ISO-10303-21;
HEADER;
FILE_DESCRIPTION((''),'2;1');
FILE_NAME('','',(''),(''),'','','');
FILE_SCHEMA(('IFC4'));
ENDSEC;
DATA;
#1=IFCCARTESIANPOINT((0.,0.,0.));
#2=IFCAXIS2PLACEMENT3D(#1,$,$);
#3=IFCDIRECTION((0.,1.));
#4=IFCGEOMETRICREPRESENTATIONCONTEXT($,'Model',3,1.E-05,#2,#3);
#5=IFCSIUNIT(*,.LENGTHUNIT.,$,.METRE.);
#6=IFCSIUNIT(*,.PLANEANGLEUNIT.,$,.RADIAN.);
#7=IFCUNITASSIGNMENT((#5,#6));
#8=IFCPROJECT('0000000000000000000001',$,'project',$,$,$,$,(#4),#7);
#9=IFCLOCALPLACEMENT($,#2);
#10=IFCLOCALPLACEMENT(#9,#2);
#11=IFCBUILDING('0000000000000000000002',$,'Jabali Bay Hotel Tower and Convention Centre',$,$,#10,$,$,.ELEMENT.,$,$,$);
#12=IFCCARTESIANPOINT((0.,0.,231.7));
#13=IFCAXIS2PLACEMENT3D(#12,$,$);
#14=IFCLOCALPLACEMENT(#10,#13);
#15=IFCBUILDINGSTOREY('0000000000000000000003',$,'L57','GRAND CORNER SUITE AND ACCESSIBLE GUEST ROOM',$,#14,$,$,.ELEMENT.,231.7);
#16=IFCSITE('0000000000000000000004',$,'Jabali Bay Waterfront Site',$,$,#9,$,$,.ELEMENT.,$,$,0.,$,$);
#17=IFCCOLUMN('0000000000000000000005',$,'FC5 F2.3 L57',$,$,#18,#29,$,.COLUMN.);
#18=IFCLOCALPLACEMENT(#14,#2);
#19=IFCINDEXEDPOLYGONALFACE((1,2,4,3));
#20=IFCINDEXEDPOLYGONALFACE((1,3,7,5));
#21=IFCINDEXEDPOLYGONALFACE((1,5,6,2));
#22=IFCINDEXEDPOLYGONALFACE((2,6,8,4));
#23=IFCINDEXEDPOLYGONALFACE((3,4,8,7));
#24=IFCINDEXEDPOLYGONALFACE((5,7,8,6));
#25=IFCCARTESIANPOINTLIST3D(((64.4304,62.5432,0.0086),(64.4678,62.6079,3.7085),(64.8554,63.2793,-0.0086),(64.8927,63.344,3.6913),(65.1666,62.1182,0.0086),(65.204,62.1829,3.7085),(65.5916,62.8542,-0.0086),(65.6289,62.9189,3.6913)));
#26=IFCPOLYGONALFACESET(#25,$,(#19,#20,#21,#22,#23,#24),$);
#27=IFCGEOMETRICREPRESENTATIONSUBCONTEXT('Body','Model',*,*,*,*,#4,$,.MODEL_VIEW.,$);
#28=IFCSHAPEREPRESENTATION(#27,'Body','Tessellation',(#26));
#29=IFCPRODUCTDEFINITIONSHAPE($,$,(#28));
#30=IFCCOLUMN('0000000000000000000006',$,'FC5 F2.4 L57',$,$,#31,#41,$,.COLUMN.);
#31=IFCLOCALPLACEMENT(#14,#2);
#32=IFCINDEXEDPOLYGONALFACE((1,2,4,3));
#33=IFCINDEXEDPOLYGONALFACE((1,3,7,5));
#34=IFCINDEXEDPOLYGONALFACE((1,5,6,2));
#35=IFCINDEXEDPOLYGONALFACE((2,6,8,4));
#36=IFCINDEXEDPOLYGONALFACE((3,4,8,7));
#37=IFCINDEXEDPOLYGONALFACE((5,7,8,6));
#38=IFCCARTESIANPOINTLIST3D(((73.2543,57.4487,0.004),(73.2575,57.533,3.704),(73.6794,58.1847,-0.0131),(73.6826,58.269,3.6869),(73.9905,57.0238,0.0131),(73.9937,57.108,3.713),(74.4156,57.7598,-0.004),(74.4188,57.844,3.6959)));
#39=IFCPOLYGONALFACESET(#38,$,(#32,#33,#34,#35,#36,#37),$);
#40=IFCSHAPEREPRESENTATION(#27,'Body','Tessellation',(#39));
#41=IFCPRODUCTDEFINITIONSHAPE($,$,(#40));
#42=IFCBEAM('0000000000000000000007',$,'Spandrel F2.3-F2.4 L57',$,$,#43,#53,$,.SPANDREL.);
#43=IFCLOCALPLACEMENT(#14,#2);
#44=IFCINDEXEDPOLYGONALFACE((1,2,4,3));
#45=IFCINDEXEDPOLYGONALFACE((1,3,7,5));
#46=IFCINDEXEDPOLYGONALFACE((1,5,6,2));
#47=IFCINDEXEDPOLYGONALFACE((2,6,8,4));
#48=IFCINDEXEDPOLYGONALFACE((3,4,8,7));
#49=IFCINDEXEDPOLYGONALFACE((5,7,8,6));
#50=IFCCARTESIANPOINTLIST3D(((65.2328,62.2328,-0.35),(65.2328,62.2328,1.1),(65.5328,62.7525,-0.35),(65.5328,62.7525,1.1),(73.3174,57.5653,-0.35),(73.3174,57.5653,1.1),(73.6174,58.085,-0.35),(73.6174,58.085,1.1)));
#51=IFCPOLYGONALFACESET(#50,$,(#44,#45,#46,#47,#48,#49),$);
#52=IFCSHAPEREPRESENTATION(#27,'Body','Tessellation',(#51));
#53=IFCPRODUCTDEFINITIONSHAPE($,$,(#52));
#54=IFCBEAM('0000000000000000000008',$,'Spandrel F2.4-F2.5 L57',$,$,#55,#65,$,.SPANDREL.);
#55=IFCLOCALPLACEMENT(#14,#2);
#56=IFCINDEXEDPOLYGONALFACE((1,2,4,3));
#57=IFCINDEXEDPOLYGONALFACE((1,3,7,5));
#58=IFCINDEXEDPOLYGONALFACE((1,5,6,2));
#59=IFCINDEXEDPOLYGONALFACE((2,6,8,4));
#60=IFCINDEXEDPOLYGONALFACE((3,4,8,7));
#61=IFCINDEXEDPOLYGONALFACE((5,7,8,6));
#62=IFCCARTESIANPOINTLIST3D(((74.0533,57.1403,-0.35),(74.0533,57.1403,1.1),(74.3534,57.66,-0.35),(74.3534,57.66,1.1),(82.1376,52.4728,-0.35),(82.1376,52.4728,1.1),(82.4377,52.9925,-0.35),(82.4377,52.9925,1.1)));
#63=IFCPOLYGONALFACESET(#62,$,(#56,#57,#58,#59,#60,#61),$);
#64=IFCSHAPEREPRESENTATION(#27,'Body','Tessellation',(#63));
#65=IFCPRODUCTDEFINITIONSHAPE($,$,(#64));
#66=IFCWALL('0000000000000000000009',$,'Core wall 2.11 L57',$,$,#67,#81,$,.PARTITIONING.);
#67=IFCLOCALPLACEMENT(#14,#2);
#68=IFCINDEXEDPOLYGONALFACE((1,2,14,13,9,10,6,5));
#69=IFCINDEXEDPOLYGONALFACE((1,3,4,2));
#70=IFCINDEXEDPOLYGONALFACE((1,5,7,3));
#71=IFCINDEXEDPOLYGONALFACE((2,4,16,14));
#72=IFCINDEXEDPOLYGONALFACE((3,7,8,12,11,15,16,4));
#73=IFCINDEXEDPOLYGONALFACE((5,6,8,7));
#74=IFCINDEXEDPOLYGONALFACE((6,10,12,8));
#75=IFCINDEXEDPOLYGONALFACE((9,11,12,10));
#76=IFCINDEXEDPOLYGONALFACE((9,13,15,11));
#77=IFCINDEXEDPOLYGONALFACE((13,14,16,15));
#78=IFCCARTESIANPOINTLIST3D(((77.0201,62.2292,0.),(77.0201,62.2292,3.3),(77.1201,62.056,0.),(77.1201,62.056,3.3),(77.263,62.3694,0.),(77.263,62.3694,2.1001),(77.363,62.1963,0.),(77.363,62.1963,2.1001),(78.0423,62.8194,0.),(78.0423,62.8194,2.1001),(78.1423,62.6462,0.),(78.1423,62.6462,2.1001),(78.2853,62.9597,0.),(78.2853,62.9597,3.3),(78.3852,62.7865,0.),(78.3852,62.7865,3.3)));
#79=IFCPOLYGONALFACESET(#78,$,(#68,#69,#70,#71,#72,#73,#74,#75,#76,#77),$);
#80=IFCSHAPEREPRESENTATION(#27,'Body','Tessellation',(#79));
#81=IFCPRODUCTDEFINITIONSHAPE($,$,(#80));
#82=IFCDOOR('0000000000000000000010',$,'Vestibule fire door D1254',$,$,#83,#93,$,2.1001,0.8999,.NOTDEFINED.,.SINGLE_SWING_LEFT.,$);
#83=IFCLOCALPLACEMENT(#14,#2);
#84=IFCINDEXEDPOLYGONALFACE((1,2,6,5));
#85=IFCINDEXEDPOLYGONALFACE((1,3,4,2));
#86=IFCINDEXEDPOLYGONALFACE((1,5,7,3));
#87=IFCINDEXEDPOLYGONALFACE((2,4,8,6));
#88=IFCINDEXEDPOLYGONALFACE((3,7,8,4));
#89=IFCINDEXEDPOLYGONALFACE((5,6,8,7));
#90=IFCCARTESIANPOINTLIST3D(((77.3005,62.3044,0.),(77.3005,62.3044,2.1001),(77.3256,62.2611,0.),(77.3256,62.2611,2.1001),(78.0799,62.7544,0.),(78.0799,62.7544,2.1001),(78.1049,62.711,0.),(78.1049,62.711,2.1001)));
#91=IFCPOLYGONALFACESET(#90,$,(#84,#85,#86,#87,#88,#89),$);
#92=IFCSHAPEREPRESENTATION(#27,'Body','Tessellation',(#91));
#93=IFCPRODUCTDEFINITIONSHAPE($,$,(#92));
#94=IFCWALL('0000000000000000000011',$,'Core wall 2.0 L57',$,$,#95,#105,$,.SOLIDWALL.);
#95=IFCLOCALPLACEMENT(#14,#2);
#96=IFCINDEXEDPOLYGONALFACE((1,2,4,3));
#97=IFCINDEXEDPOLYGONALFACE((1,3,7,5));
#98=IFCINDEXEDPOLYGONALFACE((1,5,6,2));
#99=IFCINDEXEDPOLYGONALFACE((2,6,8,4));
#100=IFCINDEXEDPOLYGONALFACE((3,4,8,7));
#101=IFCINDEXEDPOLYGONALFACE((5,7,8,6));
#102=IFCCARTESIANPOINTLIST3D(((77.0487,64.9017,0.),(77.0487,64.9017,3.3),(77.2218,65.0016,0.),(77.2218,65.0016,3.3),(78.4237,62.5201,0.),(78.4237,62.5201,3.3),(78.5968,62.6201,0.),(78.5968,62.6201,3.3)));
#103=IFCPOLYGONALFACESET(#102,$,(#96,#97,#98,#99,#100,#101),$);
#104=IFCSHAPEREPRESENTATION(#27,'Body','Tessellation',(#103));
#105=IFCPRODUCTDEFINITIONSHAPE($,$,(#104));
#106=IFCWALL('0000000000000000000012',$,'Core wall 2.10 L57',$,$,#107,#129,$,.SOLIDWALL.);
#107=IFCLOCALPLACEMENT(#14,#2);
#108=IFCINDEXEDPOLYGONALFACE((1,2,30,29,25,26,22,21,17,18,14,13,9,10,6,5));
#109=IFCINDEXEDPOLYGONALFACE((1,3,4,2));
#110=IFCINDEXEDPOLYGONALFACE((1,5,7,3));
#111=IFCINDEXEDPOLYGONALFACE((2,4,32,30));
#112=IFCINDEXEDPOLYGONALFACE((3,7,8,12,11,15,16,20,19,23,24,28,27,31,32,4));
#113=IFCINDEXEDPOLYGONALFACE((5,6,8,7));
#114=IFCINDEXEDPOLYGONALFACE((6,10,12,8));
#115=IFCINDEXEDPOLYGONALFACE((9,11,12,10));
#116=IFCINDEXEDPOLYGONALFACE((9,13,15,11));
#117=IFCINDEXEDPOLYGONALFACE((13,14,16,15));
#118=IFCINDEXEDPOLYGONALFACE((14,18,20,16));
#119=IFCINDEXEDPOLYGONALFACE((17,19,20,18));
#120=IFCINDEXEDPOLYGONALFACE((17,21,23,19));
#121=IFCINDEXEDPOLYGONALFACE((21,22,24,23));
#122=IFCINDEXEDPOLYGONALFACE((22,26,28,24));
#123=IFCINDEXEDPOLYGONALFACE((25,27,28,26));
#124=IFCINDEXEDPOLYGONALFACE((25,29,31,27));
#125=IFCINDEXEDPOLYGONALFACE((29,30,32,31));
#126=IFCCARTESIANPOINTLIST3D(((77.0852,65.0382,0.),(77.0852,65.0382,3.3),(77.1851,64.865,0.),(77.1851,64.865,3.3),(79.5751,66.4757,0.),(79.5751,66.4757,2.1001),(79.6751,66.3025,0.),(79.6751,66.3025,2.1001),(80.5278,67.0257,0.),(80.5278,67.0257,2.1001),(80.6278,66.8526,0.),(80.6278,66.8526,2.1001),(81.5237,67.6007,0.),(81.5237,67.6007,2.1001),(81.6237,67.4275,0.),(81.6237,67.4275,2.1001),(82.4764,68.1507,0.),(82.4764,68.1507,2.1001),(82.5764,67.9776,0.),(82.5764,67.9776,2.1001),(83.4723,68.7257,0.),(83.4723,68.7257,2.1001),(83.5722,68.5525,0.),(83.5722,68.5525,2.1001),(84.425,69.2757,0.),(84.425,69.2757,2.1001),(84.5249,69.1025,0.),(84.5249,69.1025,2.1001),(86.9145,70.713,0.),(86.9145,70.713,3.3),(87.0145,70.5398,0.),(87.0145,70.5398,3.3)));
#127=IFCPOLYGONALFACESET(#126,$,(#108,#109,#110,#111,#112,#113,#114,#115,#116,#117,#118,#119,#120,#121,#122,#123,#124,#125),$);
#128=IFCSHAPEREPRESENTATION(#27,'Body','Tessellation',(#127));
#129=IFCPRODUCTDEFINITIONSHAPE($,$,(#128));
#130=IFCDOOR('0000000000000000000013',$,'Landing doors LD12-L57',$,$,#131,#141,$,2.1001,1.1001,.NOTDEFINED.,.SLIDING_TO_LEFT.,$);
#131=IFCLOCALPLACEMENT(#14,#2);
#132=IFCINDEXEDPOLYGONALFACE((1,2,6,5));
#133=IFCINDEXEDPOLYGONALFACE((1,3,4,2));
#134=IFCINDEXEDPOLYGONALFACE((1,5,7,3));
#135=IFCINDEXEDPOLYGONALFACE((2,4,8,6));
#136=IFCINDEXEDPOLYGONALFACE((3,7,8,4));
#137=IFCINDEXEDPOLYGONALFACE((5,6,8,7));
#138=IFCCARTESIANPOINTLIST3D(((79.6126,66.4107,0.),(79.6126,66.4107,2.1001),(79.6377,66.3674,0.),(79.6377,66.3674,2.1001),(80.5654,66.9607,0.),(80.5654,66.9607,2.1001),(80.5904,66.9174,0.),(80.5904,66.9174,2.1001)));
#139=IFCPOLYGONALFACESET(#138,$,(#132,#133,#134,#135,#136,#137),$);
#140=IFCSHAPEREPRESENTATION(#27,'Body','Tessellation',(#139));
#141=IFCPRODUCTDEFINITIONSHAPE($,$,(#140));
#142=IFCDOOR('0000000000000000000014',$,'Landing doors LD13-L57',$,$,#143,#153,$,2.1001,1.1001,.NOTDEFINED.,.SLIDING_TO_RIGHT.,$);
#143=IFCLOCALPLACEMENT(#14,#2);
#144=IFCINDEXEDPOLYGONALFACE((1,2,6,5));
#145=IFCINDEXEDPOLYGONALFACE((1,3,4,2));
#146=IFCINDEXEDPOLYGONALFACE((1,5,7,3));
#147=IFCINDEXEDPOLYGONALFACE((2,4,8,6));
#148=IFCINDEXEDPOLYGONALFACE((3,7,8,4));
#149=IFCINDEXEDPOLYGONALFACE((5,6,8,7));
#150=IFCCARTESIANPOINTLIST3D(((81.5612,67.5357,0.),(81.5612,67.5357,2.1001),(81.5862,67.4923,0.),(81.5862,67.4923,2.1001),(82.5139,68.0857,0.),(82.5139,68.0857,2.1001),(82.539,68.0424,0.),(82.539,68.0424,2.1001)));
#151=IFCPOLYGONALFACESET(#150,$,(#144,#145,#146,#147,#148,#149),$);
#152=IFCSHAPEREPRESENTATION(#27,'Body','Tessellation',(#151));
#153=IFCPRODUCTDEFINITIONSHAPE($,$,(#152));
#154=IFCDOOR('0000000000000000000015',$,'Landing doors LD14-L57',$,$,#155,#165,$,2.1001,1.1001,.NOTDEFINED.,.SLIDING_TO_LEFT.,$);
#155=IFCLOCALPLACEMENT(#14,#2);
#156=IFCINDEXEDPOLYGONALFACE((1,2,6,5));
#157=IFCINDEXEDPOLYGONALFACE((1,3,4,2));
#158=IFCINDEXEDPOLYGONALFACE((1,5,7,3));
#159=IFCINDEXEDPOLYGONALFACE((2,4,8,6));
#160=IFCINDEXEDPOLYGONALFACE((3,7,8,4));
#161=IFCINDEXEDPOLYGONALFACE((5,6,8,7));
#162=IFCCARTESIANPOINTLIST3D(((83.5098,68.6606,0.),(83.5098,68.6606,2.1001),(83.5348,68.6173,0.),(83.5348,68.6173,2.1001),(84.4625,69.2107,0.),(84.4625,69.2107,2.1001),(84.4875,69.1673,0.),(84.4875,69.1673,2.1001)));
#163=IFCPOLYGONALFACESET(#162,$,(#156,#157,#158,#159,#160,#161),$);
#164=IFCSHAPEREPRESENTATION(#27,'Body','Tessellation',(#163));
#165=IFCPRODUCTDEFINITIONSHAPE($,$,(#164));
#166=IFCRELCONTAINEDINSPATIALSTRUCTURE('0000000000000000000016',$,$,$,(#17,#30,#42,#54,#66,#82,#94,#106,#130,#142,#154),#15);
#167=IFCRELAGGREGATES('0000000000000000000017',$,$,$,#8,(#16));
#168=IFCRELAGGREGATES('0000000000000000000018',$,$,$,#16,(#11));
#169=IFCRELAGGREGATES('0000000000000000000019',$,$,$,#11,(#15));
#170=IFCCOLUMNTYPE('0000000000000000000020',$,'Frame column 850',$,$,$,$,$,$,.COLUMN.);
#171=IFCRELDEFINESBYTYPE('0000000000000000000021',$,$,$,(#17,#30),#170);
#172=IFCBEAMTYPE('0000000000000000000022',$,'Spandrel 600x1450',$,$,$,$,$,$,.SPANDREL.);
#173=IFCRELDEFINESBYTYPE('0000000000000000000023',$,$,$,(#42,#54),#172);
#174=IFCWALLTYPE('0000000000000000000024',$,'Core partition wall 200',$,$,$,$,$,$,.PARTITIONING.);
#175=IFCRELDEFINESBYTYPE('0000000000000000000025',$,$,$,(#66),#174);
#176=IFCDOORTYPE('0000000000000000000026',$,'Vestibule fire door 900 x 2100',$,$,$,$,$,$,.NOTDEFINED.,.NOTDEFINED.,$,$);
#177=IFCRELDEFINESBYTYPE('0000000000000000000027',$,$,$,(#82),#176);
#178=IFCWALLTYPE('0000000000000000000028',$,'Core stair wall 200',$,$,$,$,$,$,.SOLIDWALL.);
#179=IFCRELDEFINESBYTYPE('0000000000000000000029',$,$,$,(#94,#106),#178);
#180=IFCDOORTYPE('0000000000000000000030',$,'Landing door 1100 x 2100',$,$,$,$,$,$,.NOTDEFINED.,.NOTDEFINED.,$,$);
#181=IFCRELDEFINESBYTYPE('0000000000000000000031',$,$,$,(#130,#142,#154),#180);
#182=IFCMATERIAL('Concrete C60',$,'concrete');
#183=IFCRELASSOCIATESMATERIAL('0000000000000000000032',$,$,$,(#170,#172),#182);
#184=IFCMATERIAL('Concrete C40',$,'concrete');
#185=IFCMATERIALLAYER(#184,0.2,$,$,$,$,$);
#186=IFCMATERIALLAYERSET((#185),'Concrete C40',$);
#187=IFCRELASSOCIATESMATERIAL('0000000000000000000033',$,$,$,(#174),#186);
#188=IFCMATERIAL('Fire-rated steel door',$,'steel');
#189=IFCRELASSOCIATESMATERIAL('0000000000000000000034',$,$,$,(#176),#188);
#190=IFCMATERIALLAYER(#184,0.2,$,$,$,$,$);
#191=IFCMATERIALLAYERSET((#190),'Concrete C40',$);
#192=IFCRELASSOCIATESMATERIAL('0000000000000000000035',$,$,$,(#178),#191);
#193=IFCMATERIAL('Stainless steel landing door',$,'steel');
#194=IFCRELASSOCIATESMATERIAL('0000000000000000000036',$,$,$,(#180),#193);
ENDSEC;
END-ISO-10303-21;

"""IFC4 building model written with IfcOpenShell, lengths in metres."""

from ifc_helpers import new_model, si_unit, direction, frame, frame_2d, origin, origin_2d, place, context, subcontext, project, spatial, rectangle, extrude, material, layer, layer_set, material_profile, profile_set, type_object, element, fill, save


model = new_model("IFC4")

# Units and contexts
model_context = context("Model", 3, precision=1e-05, world=origin(), true_north=direction((0.0, 1.0)))
body_context = subcontext(model_context, "Body", "Model", "MODEL_VIEW")
ifc_project = project(units=[si_unit("LENGTHUNIT", "METRE"), si_unit("PLANEANGLEUNIT", "RADIAN")], contexts=[model_context])

# Site, building, storey
site_placement = place(None, origin())
site = spatial("IfcSite", under=ifc_project, at=site_placement, Name="Jabali Bay Waterfront Site", CompositionType="ELEMENT", RefElevation=0.0)
building_placement = place(site_placement, origin())
building = spatial("IfcBuilding", under=site, at=building_placement, Name="Jabali Bay Hotel Tower and Convention Centre", CompositionType="ELEMENT")
storey_placement = place(building_placement, frame((0.0, 0.0, 231.7)))
storey = spatial("IfcBuildingStorey", under=building, at=storey_placement, Name="L57", Description="GRAND CORNER SUITE AND ACCESSIBLE GUEST ROOM", CompositionType="ELEMENT", Elevation=231.7)

# Columns
ifc_material_1 = material(Name="Concrete C60", Category="concrete")
ifc_material_profile_1 = material_profile(ifc_material_1, rectangle(XDim=0.8501, YDim=0.8501, at=origin_2d()), Name="Frame column 850")
ifc_profile_set_1 = profile_set([ifc_material_profile_1], Name="Concrete C60")
column_type = type_object("IfcColumnType", Name="Frame column 850", PredefinedType="COLUMN", material=ifc_profile_set_1)
column_1_placement = place(storey_placement, frame((65.011, 62.6987, 0.0), z_axis=(0.010094, 0.017482, 0.999796), x_axis=(-0.499913, -0.86584, 0.020187)))
element("IfcColumn", 1, at=column_1_placement, inside=storey, type_object=column_type, Name="FC5 F2.3 L57", PredefinedType="COLUMN", context=body_context, shape_type="SweptSolid", body=[
    extrude(rectangle(XDim=0.8501, YDim=0.8501, at=origin_2d()), origin(), (0.0, 0.0, 1.0), 3.7007),
])
column_2_placement = place(storey_placement, frame((73.835, 57.6042, 0.0), z_axis=(0.000858, 0.022759, 0.999741), x_axis=(-0.500034, -0.865772, 0.020138)))
element("IfcColumn", 2, at=column_2_placement, inside=storey, type_object=column_type, Name="FC5 F2.4 L57", PredefinedType="COLUMN", context=body_context, shape_type="SweptSolid", body=[
    extrude(rectangle(XDim=0.8501, YDim=0.8501, at=origin_2d()), origin(), (0.0, 0.0, 1.0), 3.7009),
])

# Beams
ifc_material_profile_2 = material_profile(ifc_material_1, rectangle(XDim=0.6001, YDim=1.45, at=origin_2d()), Name="Spandrel 600x1450")
ifc_profile_set_2 = profile_set([ifc_material_profile_2], Name="Concrete C60")
beam_type = type_object("IfcBeamType", Name="Spandrel 600x1450", PredefinedType="SPANDREL", material=ifc_profile_set_2)
beam_1_placement = place(storey_placement, frame((65.3828, 62.4927, 0.375), z_axis=(0.86603, -0.499993, 0.0), x_axis=(0.499993, 0.86603, 0.0)))
element("IfcBeam", 3, at=beam_1_placement, inside=storey, type_object=beam_type, Name="Spandrel F2.3-F2.4 L57", PredefinedType="SPANDREL", context=body_context, shape_type="SweptSolid", body=[
    extrude(rectangle(XDim=0.6001, YDim=1.45, at=origin_2d()), origin(), (0.0, 0.0, 1.0), 9.3352),
])
beam_2_placement = place(storey_placement, frame((74.2034, 57.4001, 0.375), z_axis=(0.866023, -0.500004, 0.0), x_axis=(0.500004, 0.866023, 0.0)))
element("IfcBeam", 4, at=beam_2_placement, inside=storey, type_object=beam_type, Name="Spandrel F2.4-F2.5 L57", PredefinedType="SPANDREL", context=body_context, shape_type="SweptSolid", body=[
    extrude(rectangle(XDim=0.6001, YDim=1.45, at=origin_2d()), origin(), (0.0, 0.0, 1.0), 9.335),
])

# Wall, opening, door
ifc_material_2 = material(Name="Concrete C40", Category="concrete")
ifc_layer_1 = layer(ifc_material_2, 0.2)
ifc_layer_set_1 = layer_set([ifc_layer_1], Name="Concrete C40")
wall_type_1 = type_object("IfcWallType", Name="Core partition wall 200", PredefinedType="PARTITIONING", material=ifc_layer_set_1)
wall_1_placement = place(storey_placement, frame((77.0701, 62.1426, 0.0), z_axis=(0.0, 0.0, 1.0), x_axis=(0.866013, 0.500021, 0.0)))
wall_1 = element("IfcWall", 5, at=wall_1_placement, inside=storey, type_object=wall_type_1, Name="Core wall 2.11 L57", PredefinedType="PARTITIONING", context=body_context, shape_type="SweptSolid", body=[
    extrude(rectangle(XDim=1.4609, YDim=0.2, at=frame_2d((0.7305, 0.0))), origin(), (0.0, 0.0, 1.0), 3.3),
])
opening_1_placement = place(wall_1_placement, frame((0.2805, 0.0, 0.0)))
opening_1 = element("IfcOpeningElement", 6, at=opening_1_placement, cuts=wall_1, PredefinedType="OPENING", context=body_context, shape_type="SweptSolid", body=[
    extrude(rectangle(XDim=0.8999, YDim=2.1001, at=frame_2d((0.45, 1.05))), frame((0.0, 0.1104, 0.0), z_axis=(0.0, -1.0, 0.0), x_axis=(1.0, 0.0, 0.0)), (0.0, 0.0, 1.0), 0.2209),
])
ifc_material_3 = material(Name="Fire-rated steel door", Category="steel")
door_type_1 = type_object("IfcDoorType", Name="Vestibule fire door 900 x 2100", OperationType="NOTDEFINED", PredefinedType="NOTDEFINED", material=ifc_material_3)
door_1_placement = place(opening_1_placement, origin())
door_1 = element("IfcDoor", 7, at=door_1_placement, inside=storey, type_object=door_type_1, Name="Vestibule fire door D1254", OperationType="SINGLE_SWING_LEFT", OverallHeight=2.1001, OverallWidth=0.8999, PredefinedType="NOTDEFINED", context=body_context, shape_type="SweptSolid", body=[
    extrude(rectangle(XDim=0.8999, YDim=2.1001, at=frame_2d((0.45, 1.05))), frame((0.0, 0.0249, 0.0), z_axis=(0.0, -1.0, 0.0), x_axis=(1.0, 0.0, 0.0)), (0.0, 0.0, 1.0), 0.05),
])
fill(opening_1, door_1)

# Wall
ifc_layer_2 = layer(ifc_material_2, 0.2)
ifc_layer_set_2 = layer_set([ifc_layer_2], Name="Concrete C40")
wall_type_2 = type_object("IfcWallType", Name="Core stair wall 200", PredefinedType="SOLIDWALL", material=ifc_layer_set_2)
wall_2_placement = place(storey_placement, frame((77.1353, 64.9517, 0.0), z_axis=(0.0, 0.0, 1.0), x_axis=(0.499997, -0.866027, 0.0)))
element("IfcWall", 8, at=wall_2_placement, inside=storey, type_object=wall_type_2, Name="Core wall 2.0 L57", PredefinedType="SOLIDWALL", context=body_context, shape_type="SweptSolid", body=[
    extrude(rectangle(XDim=2.75, YDim=0.2, at=frame_2d((1.375, 0.0))), origin(), (0.0, 0.0, 1.0), 3.3),
])

# Wall, openings, doors
wall_3_placement = place(storey_placement, frame((77.1353, 64.9517, 0.0), z_axis=(0.0, 0.0, 1.0), x_axis=(0.866032, 0.499989, 0.0)))
wall_3 = element("IfcWall", 9, at=wall_3_placement, inside=storey, type_object=wall_type_2, Name="Core wall 2.10 L57", PredefinedType="SOLIDWALL", context=body_context, shape_type="SweptSolid", body=[
    extrude(rectangle(XDim=11.3499, YDim=0.2, at=frame_2d((5.6748, 0.0))), origin(), (0.0, 0.0, 1.0), 3.3),
])
opening_2_placement = place(wall_3_placement, frame((2.875, 0.0, 0.0)))
opening_2 = element("IfcOpeningElement", 10, at=opening_2_placement, cuts=wall_3, PredefinedType="OPENING", context=body_context, shape_type="SweptSolid", body=[
    extrude(rectangle(XDim=1.1001, YDim=2.1001, at=frame_2d((0.55, 1.05))), frame((0.0, 0.1104, 0.0), z_axis=(0.0, -1.0, 0.0), x_axis=(1.0, 0.0, 0.0)), (0.0, 0.0, 1.0), 0.2209),
])
opening_3_placement = place(wall_3_placement, frame((5.125, 0.0, 0.0)))
opening_3 = element("IfcOpeningElement", 11, at=opening_3_placement, cuts=wall_3, PredefinedType="OPENING", context=body_context, shape_type="SweptSolid", body=[
    extrude(rectangle(XDim=1.1001, YDim=2.1001, at=frame_2d((0.55, 1.05))), frame((0.0, 0.1104, 0.0), z_axis=(0.0, -1.0, 0.0), x_axis=(1.0, 0.0, 0.0)), (0.0, 0.0, 1.0), 0.2209),
])
opening_4_placement = place(wall_3_placement, frame((7.375, 0.0, 0.0)))
opening_4 = element("IfcOpeningElement", 12, at=opening_4_placement, cuts=wall_3, PredefinedType="OPENING", context=body_context, shape_type="SweptSolid", body=[
    extrude(rectangle(XDim=1.1001, YDim=2.1001, at=frame_2d((0.55, 1.05))), frame((0.0, 0.1104, 0.0), z_axis=(0.0, -1.0, 0.0), x_axis=(1.0, 0.0, 0.0)), (0.0, 0.0, 1.0), 0.2209),
])
ifc_material_4 = material(Name="Stainless steel landing door", Category="steel")
door_type_2 = type_object("IfcDoorType", Name="Landing door 1100 x 2100", OperationType="NOTDEFINED", PredefinedType="NOTDEFINED", material=ifc_material_4)
door_2_placement = place(opening_2_placement, origin())
door_2 = element("IfcDoor", 13, at=door_2_placement, inside=storey, type_object=door_type_2, Name="Landing doors LD12-L57", OperationType="SLIDING_TO_LEFT", OverallHeight=2.1001, OverallWidth=1.1001, PredefinedType="NOTDEFINED", context=body_context, shape_type="SweptSolid", body=[
    extrude(rectangle(XDim=1.1001, YDim=2.1001, at=frame_2d((0.55, 1.05))), frame((0.0, 0.0249, 0.0), z_axis=(0.0, -1.0, 0.0), x_axis=(1.0, 0.0, 0.0)), (0.0, 0.0, 1.0), 0.05),
])
fill(opening_2, door_2)
door_3_placement = place(opening_3_placement, origin())
door_3 = element("IfcDoor", 14, at=door_3_placement, inside=storey, type_object=door_type_2, Name="Landing doors LD13-L57", OperationType="SLIDING_TO_RIGHT", OverallHeight=2.1001, OverallWidth=1.1001, PredefinedType="NOTDEFINED", context=body_context, shape_type="SweptSolid", body=[
    extrude(rectangle(XDim=1.1001, YDim=2.1001, at=frame_2d((0.55, 1.05))), frame((0.0, 0.0249, 0.0), z_axis=(0.0, -1.0, 0.0), x_axis=(1.0, 0.0, 0.0)), (0.0, 0.0, 1.0), 0.05),
])
fill(opening_3, door_3)
door_4_placement = place(opening_4_placement, origin())
door_4 = element("IfcDoor", 15, at=door_4_placement, inside=storey, type_object=door_type_2, Name="Landing doors LD14-L57", OperationType="SLIDING_TO_LEFT", OverallHeight=2.1001, OverallWidth=1.1001, PredefinedType="NOTDEFINED", context=body_context, shape_type="SweptSolid", body=[
    extrude(rectangle(XDim=1.1001, YDim=2.1001, at=frame_2d((0.55, 1.05))), frame((0.0, 0.0249, 0.0), z_axis=(0.0, -1.0, 0.0), x_axis=(1.0, 0.0, 0.0)), (0.0, 0.0, 1.0), 0.05),
])
fill(opening_4, door_4)

save(model, "model.ifc")
